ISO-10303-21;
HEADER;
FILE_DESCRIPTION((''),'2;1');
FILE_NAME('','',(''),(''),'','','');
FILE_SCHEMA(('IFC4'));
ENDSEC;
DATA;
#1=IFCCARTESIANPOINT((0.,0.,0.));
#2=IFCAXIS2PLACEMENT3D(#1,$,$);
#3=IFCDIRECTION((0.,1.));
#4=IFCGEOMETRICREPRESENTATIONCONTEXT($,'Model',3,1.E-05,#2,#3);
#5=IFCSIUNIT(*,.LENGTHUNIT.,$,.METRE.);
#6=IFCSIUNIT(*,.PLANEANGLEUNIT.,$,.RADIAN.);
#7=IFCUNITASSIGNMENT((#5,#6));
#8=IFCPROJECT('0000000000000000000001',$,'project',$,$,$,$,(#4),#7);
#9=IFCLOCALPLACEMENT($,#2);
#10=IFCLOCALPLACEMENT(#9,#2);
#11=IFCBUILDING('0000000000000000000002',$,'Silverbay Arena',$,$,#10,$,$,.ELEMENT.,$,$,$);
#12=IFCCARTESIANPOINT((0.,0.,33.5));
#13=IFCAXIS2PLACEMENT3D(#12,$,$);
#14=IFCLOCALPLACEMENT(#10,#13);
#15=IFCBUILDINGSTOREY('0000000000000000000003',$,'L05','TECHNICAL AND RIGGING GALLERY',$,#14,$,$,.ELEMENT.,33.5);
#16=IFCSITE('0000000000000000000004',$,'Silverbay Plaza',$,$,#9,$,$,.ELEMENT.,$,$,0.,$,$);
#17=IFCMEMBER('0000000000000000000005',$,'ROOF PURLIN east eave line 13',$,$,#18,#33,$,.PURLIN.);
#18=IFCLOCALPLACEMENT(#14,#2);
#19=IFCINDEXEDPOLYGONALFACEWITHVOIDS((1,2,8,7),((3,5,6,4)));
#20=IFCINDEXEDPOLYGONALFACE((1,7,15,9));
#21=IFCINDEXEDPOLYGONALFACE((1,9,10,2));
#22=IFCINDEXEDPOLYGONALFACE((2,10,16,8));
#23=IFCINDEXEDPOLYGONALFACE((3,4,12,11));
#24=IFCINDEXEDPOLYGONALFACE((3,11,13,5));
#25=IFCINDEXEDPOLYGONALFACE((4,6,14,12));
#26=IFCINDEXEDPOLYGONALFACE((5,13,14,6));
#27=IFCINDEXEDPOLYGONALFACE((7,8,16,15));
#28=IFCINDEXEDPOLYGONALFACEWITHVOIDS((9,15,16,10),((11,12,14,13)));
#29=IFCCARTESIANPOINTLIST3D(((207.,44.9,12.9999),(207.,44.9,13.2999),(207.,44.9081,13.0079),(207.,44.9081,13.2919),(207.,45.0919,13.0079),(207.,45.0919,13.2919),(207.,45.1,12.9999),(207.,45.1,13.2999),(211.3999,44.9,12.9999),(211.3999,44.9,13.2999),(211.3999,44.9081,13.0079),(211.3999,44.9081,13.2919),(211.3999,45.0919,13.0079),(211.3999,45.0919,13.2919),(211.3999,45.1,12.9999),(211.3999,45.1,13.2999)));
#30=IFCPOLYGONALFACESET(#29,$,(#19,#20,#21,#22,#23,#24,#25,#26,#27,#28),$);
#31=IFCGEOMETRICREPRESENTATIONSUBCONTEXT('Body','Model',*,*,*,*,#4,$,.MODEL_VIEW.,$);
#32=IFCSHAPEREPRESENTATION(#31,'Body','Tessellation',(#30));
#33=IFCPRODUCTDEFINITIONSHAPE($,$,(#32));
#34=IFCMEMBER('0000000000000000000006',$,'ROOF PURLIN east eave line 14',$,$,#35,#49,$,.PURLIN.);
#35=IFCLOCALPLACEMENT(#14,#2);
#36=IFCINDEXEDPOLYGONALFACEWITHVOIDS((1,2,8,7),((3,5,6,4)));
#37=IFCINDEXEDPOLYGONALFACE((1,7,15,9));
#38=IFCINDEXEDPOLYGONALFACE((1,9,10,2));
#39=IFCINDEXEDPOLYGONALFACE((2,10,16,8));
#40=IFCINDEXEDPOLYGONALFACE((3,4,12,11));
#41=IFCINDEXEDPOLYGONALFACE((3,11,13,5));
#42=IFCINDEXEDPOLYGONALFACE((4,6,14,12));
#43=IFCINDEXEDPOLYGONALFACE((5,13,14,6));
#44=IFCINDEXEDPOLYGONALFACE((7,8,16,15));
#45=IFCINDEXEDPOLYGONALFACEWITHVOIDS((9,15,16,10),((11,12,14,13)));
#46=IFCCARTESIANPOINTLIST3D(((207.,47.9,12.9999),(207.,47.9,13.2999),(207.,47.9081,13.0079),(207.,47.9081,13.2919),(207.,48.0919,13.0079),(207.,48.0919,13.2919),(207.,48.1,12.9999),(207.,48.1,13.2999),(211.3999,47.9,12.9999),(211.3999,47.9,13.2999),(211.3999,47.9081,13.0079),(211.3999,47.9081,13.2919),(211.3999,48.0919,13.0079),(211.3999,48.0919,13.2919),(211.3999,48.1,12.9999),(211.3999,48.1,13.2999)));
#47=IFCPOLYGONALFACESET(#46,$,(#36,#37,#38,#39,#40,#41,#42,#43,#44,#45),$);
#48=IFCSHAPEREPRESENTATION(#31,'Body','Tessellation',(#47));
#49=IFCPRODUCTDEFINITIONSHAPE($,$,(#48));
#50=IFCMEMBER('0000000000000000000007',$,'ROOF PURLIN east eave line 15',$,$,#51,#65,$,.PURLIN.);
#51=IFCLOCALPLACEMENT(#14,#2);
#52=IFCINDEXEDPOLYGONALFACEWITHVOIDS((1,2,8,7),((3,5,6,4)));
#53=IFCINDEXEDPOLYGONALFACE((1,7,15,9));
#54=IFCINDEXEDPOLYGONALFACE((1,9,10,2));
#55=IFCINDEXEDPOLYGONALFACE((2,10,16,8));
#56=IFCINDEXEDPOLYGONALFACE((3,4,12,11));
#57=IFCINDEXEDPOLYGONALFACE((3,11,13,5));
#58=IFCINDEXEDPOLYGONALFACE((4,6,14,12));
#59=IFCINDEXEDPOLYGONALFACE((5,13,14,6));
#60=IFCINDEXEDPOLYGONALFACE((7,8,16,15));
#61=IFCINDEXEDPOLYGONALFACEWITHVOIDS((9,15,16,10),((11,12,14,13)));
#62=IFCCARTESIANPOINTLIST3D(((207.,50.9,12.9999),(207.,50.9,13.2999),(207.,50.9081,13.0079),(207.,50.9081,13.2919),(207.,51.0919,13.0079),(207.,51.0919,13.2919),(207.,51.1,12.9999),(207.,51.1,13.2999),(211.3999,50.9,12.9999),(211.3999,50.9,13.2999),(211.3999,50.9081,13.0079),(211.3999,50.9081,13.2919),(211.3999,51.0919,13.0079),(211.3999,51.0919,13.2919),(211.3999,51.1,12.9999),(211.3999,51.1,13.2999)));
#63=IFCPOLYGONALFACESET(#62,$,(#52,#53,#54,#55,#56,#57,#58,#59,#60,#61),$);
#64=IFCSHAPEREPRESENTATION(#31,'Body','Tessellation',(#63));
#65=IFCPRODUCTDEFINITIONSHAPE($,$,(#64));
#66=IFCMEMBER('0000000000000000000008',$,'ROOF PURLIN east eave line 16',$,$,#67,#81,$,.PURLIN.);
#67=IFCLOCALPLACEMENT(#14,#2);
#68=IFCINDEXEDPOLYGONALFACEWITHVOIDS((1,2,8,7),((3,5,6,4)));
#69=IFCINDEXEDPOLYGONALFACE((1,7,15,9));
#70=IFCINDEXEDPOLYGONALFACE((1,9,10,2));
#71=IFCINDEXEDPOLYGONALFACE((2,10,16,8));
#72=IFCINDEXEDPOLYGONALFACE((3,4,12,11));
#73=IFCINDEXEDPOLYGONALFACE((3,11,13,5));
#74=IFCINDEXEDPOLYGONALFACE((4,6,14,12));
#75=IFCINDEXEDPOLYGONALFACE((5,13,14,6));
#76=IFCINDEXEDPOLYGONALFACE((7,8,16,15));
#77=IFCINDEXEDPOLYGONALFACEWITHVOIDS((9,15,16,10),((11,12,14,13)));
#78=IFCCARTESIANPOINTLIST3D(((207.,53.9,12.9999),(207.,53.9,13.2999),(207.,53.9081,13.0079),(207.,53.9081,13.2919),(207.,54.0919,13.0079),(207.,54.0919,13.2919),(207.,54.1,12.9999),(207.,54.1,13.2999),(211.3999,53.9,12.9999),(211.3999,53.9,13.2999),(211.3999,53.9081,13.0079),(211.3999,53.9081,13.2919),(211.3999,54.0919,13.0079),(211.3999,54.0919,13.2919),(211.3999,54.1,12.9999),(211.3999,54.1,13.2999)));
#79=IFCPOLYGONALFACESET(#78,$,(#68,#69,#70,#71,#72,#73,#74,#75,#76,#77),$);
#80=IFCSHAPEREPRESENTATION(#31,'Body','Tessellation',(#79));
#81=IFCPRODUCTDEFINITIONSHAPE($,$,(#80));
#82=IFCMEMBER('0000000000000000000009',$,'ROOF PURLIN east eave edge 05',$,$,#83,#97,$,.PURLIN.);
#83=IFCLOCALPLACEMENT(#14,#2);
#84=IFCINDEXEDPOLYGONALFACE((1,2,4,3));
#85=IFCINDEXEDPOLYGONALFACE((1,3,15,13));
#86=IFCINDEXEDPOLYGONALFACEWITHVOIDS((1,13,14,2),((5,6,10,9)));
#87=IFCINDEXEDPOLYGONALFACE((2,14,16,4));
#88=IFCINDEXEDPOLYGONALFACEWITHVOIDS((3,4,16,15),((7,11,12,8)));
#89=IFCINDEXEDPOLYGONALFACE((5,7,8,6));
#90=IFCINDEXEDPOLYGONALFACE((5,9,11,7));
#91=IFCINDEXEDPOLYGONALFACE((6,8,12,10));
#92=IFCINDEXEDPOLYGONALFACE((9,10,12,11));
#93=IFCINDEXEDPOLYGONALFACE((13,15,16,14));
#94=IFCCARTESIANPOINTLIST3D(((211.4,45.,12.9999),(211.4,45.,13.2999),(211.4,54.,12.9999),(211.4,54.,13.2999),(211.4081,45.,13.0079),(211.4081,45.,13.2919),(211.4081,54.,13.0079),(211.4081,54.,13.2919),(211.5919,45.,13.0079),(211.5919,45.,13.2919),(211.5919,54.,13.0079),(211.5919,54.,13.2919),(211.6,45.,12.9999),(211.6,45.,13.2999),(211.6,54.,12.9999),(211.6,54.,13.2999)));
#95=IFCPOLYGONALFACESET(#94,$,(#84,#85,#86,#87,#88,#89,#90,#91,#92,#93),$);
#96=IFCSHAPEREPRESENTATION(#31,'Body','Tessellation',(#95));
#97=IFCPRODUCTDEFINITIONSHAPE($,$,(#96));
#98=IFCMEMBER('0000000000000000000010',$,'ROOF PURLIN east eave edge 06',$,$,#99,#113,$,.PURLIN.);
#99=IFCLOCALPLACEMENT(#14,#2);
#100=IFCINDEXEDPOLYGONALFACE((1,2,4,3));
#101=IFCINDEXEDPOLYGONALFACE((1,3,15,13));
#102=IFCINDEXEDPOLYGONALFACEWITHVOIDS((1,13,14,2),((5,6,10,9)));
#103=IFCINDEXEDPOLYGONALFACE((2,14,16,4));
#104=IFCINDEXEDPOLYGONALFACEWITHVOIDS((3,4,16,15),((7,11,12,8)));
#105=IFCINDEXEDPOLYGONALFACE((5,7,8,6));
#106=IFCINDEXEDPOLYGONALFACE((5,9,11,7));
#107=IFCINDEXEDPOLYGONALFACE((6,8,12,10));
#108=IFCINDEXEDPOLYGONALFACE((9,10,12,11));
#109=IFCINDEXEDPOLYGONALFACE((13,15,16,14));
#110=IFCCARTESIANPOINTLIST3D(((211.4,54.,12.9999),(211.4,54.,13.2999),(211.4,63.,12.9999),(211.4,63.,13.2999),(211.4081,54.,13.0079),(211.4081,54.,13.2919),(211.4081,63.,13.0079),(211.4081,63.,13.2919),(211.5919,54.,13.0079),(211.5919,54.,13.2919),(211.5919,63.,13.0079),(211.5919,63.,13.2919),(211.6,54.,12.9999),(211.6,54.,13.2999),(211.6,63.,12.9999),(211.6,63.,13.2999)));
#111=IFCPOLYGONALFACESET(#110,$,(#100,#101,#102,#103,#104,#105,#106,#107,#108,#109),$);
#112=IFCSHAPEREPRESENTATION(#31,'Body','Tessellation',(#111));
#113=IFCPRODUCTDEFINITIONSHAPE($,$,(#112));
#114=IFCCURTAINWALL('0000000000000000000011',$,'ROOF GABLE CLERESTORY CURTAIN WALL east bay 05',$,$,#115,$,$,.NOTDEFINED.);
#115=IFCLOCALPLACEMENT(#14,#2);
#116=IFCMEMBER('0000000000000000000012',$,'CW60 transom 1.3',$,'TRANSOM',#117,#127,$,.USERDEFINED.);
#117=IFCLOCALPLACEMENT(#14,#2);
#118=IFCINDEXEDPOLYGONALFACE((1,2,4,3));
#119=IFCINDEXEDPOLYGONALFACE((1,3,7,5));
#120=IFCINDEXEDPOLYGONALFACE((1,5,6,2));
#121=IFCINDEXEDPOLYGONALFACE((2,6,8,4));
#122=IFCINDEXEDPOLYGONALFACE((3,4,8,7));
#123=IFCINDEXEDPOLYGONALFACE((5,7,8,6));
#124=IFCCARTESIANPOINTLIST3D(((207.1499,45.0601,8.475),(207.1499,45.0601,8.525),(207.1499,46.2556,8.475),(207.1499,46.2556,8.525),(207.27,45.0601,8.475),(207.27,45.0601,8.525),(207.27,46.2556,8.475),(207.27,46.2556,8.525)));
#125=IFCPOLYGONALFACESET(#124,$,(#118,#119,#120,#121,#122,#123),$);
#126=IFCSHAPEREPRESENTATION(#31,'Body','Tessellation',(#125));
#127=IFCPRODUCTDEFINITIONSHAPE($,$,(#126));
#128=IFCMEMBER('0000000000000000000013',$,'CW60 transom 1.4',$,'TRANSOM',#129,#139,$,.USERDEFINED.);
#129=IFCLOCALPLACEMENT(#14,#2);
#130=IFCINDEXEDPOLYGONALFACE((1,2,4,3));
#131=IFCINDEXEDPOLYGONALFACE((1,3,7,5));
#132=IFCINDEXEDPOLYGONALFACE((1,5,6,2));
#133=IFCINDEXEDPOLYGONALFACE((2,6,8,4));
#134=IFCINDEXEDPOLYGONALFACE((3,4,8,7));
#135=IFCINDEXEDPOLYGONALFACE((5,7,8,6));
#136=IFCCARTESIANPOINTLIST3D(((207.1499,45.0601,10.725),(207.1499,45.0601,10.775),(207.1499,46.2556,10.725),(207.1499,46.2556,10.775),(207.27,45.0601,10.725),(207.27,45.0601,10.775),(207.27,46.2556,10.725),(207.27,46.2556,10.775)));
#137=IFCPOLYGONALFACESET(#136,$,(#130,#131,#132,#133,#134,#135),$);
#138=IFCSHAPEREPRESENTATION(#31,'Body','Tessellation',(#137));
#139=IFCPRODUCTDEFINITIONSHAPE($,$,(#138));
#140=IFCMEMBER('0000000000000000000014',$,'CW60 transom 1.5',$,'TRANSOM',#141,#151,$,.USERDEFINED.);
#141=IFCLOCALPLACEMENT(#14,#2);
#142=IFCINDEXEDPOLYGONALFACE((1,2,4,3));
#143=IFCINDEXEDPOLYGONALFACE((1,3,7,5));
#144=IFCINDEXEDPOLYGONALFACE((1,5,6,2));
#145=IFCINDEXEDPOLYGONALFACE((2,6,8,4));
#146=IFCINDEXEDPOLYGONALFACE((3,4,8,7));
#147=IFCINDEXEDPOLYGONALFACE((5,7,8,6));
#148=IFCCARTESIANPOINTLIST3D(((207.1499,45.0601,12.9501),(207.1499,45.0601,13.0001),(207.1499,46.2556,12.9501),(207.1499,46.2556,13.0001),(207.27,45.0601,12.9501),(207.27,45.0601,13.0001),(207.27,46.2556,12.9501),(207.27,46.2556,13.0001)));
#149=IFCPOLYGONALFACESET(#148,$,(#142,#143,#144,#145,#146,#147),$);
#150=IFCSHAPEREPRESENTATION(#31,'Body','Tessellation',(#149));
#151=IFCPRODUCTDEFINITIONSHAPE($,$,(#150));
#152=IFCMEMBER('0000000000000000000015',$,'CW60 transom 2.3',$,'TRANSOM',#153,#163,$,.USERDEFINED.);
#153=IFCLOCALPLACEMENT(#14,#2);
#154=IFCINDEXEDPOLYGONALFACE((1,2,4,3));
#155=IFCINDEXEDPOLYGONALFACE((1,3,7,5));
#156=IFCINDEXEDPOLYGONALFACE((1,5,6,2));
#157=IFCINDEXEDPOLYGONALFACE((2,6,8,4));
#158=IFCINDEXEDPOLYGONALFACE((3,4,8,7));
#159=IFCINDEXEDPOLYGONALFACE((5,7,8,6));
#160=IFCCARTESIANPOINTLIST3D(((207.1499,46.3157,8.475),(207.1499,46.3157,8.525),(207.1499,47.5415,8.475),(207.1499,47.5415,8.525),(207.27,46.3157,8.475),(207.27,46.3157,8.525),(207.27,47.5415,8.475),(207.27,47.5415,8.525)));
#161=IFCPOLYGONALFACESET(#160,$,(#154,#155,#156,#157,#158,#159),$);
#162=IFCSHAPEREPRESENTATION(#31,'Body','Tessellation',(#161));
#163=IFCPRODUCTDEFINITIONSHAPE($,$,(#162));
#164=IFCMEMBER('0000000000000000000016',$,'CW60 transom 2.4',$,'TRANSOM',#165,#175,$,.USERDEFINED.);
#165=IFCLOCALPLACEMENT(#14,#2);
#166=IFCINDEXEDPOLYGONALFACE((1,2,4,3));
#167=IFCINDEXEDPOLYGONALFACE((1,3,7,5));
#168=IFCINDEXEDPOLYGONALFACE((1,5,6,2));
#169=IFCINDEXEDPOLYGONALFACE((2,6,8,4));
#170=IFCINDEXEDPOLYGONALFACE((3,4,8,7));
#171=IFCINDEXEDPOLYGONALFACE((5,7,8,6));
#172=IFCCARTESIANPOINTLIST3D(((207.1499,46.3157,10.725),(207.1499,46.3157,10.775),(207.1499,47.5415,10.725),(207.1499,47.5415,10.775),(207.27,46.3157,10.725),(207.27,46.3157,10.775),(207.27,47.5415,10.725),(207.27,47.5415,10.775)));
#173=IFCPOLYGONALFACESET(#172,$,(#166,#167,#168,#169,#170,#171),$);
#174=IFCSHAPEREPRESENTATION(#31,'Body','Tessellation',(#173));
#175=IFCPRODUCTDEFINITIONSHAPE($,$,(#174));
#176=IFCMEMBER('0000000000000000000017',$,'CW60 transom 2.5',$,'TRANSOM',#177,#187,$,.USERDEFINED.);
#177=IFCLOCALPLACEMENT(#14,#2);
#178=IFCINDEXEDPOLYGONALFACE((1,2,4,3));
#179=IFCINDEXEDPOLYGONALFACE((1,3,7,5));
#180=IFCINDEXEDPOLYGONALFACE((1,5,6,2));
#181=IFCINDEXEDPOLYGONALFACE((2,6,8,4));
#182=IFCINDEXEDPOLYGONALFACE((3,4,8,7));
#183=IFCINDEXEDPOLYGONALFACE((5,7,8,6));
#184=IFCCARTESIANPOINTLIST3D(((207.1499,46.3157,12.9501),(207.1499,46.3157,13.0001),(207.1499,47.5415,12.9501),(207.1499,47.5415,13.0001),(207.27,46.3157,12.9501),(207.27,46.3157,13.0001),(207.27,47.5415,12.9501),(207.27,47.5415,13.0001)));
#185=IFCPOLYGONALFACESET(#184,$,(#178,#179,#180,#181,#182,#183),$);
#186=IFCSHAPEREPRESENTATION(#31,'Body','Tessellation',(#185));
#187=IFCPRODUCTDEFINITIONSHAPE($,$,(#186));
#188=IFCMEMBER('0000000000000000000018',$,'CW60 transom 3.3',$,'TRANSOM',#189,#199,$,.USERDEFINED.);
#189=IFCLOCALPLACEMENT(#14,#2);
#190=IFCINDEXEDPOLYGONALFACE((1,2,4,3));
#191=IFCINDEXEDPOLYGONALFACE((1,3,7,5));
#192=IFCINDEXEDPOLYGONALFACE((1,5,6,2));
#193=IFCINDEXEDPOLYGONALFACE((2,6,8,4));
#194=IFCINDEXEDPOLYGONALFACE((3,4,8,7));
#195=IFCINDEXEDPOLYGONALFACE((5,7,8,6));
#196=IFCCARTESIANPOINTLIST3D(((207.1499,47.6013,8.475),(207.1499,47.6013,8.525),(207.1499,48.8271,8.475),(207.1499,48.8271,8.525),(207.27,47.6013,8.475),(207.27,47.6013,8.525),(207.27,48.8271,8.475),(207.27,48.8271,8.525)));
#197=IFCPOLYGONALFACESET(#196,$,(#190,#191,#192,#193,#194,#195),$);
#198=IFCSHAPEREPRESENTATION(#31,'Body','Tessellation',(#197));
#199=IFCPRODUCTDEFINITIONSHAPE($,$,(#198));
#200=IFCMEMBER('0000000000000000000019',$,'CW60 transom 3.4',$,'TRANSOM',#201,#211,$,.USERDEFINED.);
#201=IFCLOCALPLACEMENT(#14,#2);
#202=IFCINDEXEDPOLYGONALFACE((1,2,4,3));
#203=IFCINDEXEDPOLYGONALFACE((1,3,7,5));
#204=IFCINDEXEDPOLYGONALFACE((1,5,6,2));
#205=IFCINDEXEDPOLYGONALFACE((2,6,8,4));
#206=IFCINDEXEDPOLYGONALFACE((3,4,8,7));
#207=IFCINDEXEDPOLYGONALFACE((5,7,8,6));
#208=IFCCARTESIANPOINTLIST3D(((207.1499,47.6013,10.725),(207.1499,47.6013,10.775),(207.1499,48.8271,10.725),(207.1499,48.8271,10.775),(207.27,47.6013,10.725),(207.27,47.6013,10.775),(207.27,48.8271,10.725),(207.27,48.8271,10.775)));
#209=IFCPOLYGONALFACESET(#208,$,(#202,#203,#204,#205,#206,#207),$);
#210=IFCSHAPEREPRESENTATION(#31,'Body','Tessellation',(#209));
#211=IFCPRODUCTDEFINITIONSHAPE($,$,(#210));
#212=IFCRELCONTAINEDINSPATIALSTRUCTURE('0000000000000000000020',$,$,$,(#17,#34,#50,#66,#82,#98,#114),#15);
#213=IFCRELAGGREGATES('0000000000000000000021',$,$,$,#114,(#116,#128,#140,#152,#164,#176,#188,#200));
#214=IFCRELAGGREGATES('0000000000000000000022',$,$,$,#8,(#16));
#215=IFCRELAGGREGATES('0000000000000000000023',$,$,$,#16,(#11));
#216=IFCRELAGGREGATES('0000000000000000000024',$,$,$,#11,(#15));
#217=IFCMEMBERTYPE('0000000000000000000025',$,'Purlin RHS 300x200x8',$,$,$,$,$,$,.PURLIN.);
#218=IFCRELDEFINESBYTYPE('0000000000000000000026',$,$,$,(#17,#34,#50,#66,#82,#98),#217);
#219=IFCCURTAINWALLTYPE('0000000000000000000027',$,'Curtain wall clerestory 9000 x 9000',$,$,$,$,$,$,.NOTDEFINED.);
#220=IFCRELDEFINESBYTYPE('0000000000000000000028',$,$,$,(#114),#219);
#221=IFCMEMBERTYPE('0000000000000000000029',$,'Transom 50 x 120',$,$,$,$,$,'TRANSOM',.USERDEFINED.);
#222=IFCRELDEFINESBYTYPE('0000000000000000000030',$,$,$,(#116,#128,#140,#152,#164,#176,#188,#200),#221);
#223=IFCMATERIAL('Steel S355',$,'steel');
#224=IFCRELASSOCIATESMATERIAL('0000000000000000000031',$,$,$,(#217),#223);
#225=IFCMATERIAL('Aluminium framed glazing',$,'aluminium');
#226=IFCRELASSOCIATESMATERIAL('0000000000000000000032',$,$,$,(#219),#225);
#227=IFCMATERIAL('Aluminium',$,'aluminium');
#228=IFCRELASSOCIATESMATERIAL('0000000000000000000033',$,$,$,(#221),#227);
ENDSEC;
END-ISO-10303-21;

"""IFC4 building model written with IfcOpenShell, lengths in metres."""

from ifc_helpers import new_model, si_unit, direction, frame, origin, origin_2d, place, context, subcontext, project, spatial, rectangle, hollow_rectangle, extrude, material, material_profile, profile_set, type_object, element, aggregate, save


model = new_model("IFC4")

# Units and contexts
model_context = context("Model", 3, precision=1e-05, world=origin(), true_north=direction((0.0, 1.0)))
body_context = subcontext(model_context, "Body", "Model", "MODEL_VIEW")
ifc_project = project(units=[si_unit("LENGTHUNIT", "METRE"), si_unit("PLANEANGLEUNIT", "RADIAN")], contexts=[model_context])

# Site, building, storey
site_placement = place(None, origin())
site = spatial("IfcSite", under=ifc_project, at=site_placement, Name="Silverbay Plaza", CompositionType="ELEMENT", RefElevation=0.0)
building_placement = place(site_placement, origin())
building = spatial("IfcBuilding", under=site, at=building_placement, Name="Silverbay Arena", CompositionType="ELEMENT")
storey_placement = place(building_placement, frame((0.0, 0.0, 33.5)))
storey = spatial("IfcBuildingStorey", under=building, at=storey_placement, Name="L05", Description="TECHNICAL AND RIGGING GALLERY", CompositionType="ELEMENT", Elevation=33.5)

# Members
ifc_material_1 = material(Name="Steel S355", Category="steel")
ifc_material_profile_1 = material_profile(ifc_material_1, hollow_rectangle(XDim=0.2, YDim=0.3, WallThickness=0.0081, at=origin_2d()), Name="RHS 300x200x8")
ifc_profile_set_1 = profile_set([ifc_material_profile_1], Name="Steel S355")
member_type_1 = type_object("IfcMemberType", Name="Purlin RHS 300x200x8", PredefinedType="PURLIN", material=ifc_profile_set_1)
for number, where, z_axis, x_axis, name in (
    (1, (211.3999, 45.0, 13.1499), (-1.0, 0.0, 0.0), (0.0, -1.0, 0.0), "ROOF PURLIN east eave line 13"),
    (2, (211.3999, 48.0, 13.1499), (-1.0, 0.0, 0.0), (0.0, -1.0, 0.0), "ROOF PURLIN east eave line 14"),
    (3, (211.3999, 51.0, 13.1499), (-1.0, 0.0, 0.0), (0.0, -1.0, 0.0), "ROOF PURLIN east eave line 15"),
    (4, (211.3999, 54.0, 13.1499), (-1.0, 0.0, 0.0), (0.0, -1.0, 0.0), "ROOF PURLIN east eave line 16"),
):
    element("IfcMember", number, at=place(storey_placement, frame(where, z_axis=z_axis, x_axis=x_axis)), inside=storey, type_object=member_type_1, Name=name, PredefinedType="PURLIN", context=body_context, shape_type="SweptSolid", body=[
        extrude(hollow_rectangle(XDim=0.2, YDim=0.3, WallThickness=0.0081, at=origin_2d()), origin(), (0.0, 0.0, 1.0), 4.3999),
    ])
for number, where, z_axis, x_axis, name in (
    (5, (211.5, 45.0, 13.1499), (0.0, 1.0, 0.0), (-1.0, 0.0, 0.0), "ROOF PURLIN east eave edge 05"),
    (6, (211.5, 54.0, 13.1499), (0.0, 1.0, 0.0), (-1.0, 0.0, 0.0), "ROOF PURLIN east eave edge 06"),
):
    element("IfcMember", number, at=place(storey_placement, frame(where, z_axis=z_axis, x_axis=x_axis)), inside=storey, type_object=member_type_1, Name=name, PredefinedType="PURLIN", context=body_context, shape_type="SweptSolid", body=[
        extrude(hollow_rectangle(XDim=0.2, YDim=0.3, WallThickness=0.0081, at=origin_2d()), origin(), (0.0, 0.0, 1.0), 9.0),
    ])

# Curtain wall, members
ifc_material_2 = material(Name="Aluminium framed glazing", Category="aluminium")
curtain_wall_type = type_object("IfcCurtainWallType", Name="Curtain wall clerestory 9000 x 9000", PredefinedType="NOTDEFINED", material=ifc_material_2)
curtain_wall_placement = place(storey_placement, origin())
curtain_wall = element("IfcCurtainWall", 7, at=curtain_wall_placement, inside=storey, type_object=curtain_wall_type, Name="ROOF GABLE CLERESTORY CURTAIN WALL east bay 05", PredefinedType="NOTDEFINED")
ifc_material_3 = material(Name="Aluminium", Category="aluminium")
ifc_material_profile_2 = material_profile(ifc_material_3, rectangle(XDim=0.1201, YDim=0.05, at=origin_2d()), Name="Transom 50 x 120")
ifc_profile_set_2 = profile_set([ifc_material_profile_2], Name="Aluminium")
member_type_2 = type_object("IfcMemberType", Name="Transom 50 x 120", ElementType="TRANSOM", PredefinedType="USERDEFINED", material=ifc_profile_set_2)
member_1_placement = place(storey_placement, frame((207.21, 45.0601, 8.5), z_axis=(0.0, 1.0, 0.0), x_axis=(-1.0, 0.0, 0.0)))
member_1 = element("IfcMember", 8, at=member_1_placement, type_object=member_type_2, Name="CW60 transom 1.3", ObjectType="TRANSOM", PredefinedType="USERDEFINED", context=body_context, shape_type="SweptSolid", body=[
    extrude(rectangle(XDim=0.1201, YDim=0.05, at=origin_2d()), origin(), (0.0, 0.0, 1.0), 1.1956),
])
member_2_placement = place(storey_placement, frame((207.21, 45.0601, 10.75), z_axis=(0.0, 1.0, 0.0), x_axis=(-1.0, 0.0, 0.0)))
member_2 = element("IfcMember", 9, at=member_2_placement, type_object=member_type_2, Name="CW60 transom 1.4", ObjectType="TRANSOM", PredefinedType="USERDEFINED", context=body_context, shape_type="SweptSolid", body=[
    extrude(rectangle(XDim=0.1201, YDim=0.05, at=origin_2d()), origin(), (0.0, 0.0, 1.0), 1.1956),
])
member_3_placement = place(storey_placement, frame((207.21, 45.0601, 12.9751), z_axis=(0.0, 1.0, 0.0), x_axis=(-1.0, 0.0, 0.0)))
member_3 = element("IfcMember", 10, at=member_3_placement, type_object=member_type_2, Name="CW60 transom 1.5", ObjectType="TRANSOM", PredefinedType="USERDEFINED", context=body_context, shape_type="SweptSolid", body=[
    extrude(rectangle(XDim=0.1201, YDim=0.05, at=origin_2d()), origin(), (0.0, 0.0, 1.0), 1.1956),
])
member_4_placement = place(storey_placement, frame((207.21, 46.3157, 8.5), z_axis=(0.0, 1.0, 0.0), x_axis=(-1.0, 0.0, 0.0)))
member_4 = element("IfcMember", 11, at=member_4_placement, type_object=member_type_2, Name="CW60 transom 2.3", ObjectType="TRANSOM", PredefinedType="USERDEFINED", context=body_context, shape_type="SweptSolid", body=[
    extrude(rectangle(XDim=0.1201, YDim=0.05, at=origin_2d()), origin(), (0.0, 0.0, 1.0), 1.2258),
])
member_5_placement = place(storey_placement, frame((207.21, 46.3157, 10.75), z_axis=(0.0, 1.0, 0.0), x_axis=(-1.0, 0.0, 0.0)))
member_5 = element("IfcMember", 12, at=member_5_placement, type_object=member_type_2, Name="CW60 transom 2.4", ObjectType="TRANSOM", PredefinedType="USERDEFINED", context=body_context, shape_type="SweptSolid", body=[
    extrude(rectangle(XDim=0.1201, YDim=0.05, at=origin_2d()), origin(), (0.0, 0.0, 1.0), 1.2258),
])
member_6_placement = place(storey_placement, frame((207.21, 46.3157, 12.9751), z_axis=(0.0, 1.0, 0.0), x_axis=(-1.0, 0.0, 0.0)))
member_6 = element("IfcMember", 13, at=member_6_placement, type_object=member_type_2, Name="CW60 transom 2.5", ObjectType="TRANSOM", PredefinedType="USERDEFINED", context=body_context, shape_type="SweptSolid", body=[
    extrude(rectangle(XDim=0.1201, YDim=0.05, at=origin_2d()), origin(), (0.0, 0.0, 1.0), 1.2258),
])
member_7_placement = place(storey_placement, frame((207.21, 47.6013, 8.5), z_axis=(0.0, 1.0, 0.0), x_axis=(-1.0, 0.0, 0.0)))
member_7 = element("IfcMember", 14, at=member_7_placement, type_object=member_type_2, Name="CW60 transom 3.3", ObjectType="TRANSOM", PredefinedType="USERDEFINED", context=body_context, shape_type="SweptSolid", body=[
    extrude(rectangle(XDim=0.1201, YDim=0.05, at=origin_2d()), origin(), (0.0, 0.0, 1.0), 1.2258),
])
member_8_placement = place(storey_placement, frame((207.21, 47.6013, 10.75), z_axis=(0.0, 1.0, 0.0), x_axis=(-1.0, 0.0, 0.0)))
member_8 = element("IfcMember", 15, at=member_8_placement, type_object=member_type_2, Name="CW60 transom 3.4", ObjectType="TRANSOM", PredefinedType="USERDEFINED", context=body_context, shape_type="SweptSolid", body=[
    extrude(rectangle(XDim=0.1201, YDim=0.05, at=origin_2d()), origin(), (0.0, 0.0, 1.0), 1.2258),
])
aggregate(curtain_wall, [member_1, member_2, member_3, member_4, member_5, member_6, member_7, member_8])

save(model, "model.ifc")
